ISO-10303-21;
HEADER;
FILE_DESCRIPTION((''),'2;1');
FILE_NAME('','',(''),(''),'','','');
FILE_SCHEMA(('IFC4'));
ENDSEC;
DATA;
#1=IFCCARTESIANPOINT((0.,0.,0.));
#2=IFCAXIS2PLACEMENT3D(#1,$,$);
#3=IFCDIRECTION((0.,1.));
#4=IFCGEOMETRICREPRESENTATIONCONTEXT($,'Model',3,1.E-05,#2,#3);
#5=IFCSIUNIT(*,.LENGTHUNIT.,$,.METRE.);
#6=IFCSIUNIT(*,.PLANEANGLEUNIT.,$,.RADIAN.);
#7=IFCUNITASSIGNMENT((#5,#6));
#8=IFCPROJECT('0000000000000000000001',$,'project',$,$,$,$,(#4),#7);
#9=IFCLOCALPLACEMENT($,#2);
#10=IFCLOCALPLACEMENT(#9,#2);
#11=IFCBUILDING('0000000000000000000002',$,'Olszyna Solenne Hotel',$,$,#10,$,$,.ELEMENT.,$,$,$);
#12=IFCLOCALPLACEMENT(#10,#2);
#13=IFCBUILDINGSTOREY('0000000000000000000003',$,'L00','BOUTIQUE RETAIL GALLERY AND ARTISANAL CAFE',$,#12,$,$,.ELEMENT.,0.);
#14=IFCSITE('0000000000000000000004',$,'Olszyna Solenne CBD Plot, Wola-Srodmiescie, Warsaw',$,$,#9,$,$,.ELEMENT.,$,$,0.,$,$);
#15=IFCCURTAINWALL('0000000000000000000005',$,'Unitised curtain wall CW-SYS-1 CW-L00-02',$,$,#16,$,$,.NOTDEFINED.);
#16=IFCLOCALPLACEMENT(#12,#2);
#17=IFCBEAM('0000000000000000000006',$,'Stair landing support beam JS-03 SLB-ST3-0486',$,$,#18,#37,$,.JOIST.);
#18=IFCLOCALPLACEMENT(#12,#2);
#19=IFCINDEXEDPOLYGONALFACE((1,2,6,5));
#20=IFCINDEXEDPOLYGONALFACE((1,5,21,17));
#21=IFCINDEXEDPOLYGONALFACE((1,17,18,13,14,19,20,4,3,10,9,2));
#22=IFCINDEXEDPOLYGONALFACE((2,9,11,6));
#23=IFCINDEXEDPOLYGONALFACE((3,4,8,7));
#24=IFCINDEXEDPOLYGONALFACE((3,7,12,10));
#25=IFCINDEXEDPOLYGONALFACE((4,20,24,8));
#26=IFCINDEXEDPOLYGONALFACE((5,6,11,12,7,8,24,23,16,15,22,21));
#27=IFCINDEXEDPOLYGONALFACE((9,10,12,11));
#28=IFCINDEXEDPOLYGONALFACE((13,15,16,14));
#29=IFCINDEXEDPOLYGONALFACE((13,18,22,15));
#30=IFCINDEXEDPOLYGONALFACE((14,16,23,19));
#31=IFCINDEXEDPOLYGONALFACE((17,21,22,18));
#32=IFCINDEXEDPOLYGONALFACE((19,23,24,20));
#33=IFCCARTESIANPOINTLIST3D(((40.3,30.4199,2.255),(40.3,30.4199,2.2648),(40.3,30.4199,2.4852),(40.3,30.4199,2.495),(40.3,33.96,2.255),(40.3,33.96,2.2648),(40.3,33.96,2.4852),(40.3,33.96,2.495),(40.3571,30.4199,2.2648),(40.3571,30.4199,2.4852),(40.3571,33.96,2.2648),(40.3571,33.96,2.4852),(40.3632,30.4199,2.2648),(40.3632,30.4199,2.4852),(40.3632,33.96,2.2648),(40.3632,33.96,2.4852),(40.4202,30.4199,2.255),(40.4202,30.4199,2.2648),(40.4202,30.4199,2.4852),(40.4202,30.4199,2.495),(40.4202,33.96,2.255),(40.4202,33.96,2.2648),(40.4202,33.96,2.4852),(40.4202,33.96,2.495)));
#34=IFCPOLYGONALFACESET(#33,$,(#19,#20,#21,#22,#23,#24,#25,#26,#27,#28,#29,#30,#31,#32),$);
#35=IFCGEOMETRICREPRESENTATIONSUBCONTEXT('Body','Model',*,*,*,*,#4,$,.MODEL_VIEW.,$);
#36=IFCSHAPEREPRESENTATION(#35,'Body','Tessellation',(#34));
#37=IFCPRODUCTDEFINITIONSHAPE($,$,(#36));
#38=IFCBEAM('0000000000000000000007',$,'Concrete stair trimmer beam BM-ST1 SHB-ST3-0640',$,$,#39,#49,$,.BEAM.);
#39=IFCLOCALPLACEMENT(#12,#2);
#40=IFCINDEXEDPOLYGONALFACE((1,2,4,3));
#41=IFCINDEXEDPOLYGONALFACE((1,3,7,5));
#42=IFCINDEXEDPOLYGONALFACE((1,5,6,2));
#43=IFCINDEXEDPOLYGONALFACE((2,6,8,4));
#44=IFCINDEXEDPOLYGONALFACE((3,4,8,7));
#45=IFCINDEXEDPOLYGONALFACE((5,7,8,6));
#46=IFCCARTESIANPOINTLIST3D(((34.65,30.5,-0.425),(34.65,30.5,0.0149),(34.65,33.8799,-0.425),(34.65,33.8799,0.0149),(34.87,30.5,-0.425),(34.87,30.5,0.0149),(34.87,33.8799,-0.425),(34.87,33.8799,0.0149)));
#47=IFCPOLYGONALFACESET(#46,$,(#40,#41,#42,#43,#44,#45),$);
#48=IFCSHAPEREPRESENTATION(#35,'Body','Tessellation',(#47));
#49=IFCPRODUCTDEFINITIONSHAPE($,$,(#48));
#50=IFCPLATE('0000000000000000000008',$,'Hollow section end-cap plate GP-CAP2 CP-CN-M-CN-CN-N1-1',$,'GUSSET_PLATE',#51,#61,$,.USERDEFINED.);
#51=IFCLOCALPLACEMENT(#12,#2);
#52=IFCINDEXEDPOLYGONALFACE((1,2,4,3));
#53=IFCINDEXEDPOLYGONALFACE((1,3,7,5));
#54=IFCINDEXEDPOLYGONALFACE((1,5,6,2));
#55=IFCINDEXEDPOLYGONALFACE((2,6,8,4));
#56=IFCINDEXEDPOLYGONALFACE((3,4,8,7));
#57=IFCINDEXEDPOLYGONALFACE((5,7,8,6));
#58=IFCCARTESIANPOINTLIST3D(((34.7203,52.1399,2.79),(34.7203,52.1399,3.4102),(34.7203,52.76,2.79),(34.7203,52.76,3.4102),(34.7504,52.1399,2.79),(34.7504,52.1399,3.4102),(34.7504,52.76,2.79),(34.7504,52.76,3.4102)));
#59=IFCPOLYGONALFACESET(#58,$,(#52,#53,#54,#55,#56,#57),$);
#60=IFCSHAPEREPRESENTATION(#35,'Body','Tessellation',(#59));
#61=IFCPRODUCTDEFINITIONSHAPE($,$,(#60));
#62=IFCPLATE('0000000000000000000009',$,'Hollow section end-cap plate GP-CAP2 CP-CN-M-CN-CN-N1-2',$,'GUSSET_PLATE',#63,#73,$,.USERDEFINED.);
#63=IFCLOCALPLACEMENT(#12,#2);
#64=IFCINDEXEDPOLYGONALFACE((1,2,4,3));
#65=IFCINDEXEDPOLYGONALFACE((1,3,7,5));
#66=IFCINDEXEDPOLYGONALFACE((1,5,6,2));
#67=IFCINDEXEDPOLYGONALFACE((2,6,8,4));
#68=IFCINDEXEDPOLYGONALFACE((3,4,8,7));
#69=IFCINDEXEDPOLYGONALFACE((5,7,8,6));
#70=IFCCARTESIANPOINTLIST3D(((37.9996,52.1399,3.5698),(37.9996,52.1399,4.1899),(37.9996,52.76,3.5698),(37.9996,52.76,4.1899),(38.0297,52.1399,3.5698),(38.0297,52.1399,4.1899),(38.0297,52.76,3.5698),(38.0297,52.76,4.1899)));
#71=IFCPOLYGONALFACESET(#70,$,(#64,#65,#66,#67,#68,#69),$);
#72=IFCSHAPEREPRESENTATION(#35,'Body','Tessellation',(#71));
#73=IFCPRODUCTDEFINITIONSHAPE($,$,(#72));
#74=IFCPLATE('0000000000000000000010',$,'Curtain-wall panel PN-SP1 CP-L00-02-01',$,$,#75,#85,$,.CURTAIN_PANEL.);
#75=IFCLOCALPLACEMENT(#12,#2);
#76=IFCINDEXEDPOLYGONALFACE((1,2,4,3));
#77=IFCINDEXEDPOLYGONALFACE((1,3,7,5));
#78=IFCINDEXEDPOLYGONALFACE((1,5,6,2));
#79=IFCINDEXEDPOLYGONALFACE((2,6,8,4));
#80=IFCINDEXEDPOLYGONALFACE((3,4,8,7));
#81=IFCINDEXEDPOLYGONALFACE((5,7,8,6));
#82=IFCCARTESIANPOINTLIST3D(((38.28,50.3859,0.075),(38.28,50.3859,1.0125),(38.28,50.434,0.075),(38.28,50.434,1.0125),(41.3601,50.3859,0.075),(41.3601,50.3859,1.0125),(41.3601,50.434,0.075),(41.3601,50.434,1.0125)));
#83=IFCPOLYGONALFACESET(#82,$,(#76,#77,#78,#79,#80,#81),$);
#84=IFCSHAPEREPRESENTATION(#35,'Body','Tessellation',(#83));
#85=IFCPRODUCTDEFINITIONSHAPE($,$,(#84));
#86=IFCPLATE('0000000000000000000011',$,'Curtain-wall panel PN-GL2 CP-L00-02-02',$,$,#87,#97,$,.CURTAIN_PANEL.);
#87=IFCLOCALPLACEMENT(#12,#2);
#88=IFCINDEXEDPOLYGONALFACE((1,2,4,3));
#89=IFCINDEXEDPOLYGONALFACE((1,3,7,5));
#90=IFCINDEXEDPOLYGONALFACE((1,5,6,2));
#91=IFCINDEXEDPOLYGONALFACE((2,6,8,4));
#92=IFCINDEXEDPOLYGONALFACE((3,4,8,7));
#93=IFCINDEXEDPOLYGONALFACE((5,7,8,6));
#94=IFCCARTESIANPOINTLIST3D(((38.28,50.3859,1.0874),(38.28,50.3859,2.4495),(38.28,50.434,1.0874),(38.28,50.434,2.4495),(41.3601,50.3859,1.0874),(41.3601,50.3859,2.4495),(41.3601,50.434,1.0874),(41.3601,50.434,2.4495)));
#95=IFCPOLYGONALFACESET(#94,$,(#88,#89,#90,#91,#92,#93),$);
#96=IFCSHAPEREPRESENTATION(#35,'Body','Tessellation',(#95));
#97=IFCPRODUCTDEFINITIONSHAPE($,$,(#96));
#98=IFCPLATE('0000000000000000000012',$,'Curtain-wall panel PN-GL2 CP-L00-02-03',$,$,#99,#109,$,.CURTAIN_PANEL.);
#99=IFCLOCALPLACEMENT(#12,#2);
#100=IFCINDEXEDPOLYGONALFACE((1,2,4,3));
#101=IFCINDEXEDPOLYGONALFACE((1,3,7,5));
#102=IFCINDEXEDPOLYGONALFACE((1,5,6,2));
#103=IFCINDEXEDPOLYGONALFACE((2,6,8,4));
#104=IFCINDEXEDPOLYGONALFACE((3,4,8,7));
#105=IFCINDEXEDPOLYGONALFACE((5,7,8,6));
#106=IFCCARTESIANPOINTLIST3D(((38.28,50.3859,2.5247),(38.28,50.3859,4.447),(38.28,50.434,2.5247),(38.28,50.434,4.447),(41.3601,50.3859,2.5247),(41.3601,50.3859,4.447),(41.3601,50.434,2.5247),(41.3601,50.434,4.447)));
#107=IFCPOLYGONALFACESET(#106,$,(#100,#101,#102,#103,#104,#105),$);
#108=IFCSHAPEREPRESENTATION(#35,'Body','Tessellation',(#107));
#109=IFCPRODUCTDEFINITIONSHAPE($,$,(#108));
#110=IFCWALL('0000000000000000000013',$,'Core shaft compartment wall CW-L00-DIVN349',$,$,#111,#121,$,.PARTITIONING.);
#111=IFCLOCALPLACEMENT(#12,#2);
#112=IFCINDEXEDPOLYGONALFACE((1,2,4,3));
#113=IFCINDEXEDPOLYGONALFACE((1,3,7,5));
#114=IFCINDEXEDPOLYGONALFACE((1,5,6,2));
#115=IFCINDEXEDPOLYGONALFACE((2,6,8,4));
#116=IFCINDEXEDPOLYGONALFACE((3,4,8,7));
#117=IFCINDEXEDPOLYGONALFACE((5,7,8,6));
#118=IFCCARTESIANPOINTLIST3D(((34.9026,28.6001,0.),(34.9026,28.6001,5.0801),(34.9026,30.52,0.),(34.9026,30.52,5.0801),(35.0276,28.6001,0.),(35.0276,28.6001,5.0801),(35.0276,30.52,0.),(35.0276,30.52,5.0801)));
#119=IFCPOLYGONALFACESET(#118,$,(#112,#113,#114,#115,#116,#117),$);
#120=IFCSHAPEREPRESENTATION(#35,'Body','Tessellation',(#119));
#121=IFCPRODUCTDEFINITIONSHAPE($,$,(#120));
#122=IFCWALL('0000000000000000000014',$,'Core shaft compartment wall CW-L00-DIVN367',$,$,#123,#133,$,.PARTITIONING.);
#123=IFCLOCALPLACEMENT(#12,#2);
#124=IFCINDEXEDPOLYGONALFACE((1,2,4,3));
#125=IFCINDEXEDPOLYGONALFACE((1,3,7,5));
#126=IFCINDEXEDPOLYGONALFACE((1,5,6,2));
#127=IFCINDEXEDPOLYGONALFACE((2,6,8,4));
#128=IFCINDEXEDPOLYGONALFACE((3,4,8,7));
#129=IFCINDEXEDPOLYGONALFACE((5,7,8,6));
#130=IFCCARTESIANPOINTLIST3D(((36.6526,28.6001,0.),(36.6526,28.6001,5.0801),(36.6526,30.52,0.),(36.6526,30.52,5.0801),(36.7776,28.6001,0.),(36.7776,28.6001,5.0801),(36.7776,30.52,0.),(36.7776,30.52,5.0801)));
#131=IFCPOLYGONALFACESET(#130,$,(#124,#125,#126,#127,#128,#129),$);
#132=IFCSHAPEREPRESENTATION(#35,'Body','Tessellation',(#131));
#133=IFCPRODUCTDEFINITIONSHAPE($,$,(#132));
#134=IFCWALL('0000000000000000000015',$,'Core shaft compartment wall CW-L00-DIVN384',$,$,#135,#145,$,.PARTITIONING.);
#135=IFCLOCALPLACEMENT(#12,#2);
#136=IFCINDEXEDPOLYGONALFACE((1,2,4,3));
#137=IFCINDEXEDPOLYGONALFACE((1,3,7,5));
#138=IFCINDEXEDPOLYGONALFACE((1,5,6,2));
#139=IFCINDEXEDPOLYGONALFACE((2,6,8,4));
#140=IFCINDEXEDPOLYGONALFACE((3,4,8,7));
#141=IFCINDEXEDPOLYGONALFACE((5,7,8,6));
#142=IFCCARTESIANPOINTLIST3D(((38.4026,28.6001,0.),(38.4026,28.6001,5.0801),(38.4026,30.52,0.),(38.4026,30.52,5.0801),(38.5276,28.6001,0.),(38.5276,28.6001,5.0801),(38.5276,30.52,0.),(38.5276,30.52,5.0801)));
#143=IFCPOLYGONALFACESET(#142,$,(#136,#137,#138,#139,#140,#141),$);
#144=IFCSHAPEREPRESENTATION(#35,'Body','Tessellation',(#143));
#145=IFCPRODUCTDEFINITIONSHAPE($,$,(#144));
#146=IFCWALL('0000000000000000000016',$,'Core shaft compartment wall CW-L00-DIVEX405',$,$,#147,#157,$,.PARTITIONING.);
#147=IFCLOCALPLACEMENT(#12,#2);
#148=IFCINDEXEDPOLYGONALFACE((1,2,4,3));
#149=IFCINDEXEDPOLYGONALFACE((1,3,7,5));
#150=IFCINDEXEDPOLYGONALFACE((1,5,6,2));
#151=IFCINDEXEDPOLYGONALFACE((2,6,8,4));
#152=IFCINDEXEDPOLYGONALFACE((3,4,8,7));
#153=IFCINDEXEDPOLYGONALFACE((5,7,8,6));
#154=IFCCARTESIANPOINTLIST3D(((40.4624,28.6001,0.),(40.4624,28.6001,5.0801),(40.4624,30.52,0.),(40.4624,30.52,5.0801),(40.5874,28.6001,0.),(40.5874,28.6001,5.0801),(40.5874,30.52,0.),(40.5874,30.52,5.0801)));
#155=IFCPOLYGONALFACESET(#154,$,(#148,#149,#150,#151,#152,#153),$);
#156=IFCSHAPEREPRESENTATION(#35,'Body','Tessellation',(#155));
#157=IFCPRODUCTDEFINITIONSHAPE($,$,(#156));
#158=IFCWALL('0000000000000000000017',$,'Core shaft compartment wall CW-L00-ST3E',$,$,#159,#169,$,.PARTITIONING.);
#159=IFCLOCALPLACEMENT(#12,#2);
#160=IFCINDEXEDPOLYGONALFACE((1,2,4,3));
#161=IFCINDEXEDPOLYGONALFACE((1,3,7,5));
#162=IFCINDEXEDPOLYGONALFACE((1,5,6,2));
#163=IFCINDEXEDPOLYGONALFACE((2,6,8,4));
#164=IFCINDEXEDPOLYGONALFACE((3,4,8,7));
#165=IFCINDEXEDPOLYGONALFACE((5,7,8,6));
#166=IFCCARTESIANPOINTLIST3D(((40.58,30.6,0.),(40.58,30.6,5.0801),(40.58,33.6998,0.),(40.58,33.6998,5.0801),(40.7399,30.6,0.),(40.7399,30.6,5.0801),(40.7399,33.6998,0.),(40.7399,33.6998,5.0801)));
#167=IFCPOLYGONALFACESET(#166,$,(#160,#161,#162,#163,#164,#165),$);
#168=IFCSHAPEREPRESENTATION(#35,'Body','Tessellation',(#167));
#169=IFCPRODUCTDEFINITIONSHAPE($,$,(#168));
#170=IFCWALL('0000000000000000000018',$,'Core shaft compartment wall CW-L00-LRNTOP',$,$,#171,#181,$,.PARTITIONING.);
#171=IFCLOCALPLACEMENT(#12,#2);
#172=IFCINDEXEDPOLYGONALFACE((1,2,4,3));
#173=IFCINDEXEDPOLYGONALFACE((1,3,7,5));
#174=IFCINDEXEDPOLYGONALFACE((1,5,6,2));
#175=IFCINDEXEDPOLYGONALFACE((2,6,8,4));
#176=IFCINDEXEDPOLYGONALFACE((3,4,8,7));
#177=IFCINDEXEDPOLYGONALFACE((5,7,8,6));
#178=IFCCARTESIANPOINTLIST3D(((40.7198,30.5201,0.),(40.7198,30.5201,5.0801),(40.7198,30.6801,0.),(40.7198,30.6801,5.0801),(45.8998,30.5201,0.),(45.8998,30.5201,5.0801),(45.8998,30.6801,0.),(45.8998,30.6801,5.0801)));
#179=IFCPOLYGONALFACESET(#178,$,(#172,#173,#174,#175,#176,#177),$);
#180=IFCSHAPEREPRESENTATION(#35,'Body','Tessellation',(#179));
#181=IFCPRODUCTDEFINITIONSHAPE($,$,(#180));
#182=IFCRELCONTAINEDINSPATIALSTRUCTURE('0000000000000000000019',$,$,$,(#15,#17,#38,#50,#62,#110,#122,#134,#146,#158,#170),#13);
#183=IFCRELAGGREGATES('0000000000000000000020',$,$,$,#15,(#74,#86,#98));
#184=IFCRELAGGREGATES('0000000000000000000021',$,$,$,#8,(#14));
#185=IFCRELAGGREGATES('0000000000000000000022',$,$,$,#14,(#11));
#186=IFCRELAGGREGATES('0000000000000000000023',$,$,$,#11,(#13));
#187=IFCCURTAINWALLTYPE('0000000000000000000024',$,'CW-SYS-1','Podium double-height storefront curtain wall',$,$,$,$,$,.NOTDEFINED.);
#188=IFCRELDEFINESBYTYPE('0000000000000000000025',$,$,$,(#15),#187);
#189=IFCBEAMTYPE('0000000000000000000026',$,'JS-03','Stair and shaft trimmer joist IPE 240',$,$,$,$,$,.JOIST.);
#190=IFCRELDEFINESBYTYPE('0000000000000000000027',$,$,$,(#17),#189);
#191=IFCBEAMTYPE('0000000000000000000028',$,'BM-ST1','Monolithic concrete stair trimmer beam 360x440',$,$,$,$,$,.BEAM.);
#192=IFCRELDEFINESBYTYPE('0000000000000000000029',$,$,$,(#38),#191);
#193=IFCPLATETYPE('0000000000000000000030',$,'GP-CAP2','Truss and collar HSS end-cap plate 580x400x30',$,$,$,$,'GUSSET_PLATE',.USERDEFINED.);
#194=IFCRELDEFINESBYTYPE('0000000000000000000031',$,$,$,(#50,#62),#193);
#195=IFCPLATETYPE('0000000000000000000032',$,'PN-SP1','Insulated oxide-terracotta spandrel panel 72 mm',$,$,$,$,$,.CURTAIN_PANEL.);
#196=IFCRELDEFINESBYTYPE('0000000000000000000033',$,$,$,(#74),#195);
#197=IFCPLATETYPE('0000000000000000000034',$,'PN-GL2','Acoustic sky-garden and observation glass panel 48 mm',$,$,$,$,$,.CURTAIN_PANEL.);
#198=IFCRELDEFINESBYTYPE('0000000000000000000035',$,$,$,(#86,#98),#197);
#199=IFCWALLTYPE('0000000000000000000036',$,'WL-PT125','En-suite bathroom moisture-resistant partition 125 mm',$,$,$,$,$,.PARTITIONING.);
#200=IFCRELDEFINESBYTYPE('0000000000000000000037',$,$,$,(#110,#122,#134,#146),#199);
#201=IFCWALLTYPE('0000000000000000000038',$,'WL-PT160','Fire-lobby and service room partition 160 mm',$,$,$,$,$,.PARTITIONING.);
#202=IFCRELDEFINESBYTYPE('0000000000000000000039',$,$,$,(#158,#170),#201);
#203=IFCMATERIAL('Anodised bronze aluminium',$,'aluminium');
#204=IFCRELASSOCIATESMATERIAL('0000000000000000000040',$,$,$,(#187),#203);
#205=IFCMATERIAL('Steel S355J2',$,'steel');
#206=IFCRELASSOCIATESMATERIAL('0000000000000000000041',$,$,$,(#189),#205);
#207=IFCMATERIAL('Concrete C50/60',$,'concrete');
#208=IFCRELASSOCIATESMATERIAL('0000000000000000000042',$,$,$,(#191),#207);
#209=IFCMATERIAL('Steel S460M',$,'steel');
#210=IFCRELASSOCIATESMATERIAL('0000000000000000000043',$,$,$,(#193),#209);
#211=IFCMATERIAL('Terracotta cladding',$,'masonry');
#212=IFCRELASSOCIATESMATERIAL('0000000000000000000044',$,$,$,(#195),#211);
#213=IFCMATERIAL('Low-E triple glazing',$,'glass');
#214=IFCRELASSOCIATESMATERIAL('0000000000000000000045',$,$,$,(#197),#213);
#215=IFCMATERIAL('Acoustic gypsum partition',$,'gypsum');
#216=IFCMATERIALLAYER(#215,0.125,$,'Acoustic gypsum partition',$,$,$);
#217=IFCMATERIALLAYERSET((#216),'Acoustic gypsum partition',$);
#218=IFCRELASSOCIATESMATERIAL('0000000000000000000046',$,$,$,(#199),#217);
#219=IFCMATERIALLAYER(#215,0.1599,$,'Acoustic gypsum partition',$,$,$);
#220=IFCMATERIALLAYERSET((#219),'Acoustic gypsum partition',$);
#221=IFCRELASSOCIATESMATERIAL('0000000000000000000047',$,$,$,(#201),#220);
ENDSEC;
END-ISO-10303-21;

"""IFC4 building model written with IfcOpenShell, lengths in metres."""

from ifc_helpers import new_model, si_unit, direction, frame, frame_2d, origin, origin_2d, place, context, subcontext, project, spatial, rectangle, i_section, extrude, source, transform, mapped, material, layer, layer_set, material_profile, profile_set, type_object, element, aggregate, save


model = new_model("IFC4")

# Units and contexts
model_context = context("Model", 3, precision=1e-05, world=origin(), true_north=direction((0.0, 1.0)))
body_context = subcontext(model_context, "Body", "Model", "MODEL_VIEW")
ifc_project = project(units=[si_unit("LENGTHUNIT", "METRE"), si_unit("PLANEANGLEUNIT", "RADIAN")], contexts=[model_context])

# Site, building, storey
site_placement = place(None, origin())
site = spatial("IfcSite", under=ifc_project, at=site_placement, Name="Olszyna Solenne CBD Plot, Wola-Srodmiescie, Warsaw", CompositionType="ELEMENT", RefElevation=0.0)
building_placement = place(site_placement, origin())
building = spatial("IfcBuilding", under=site, at=building_placement, Name="Olszyna Solenne Hotel", CompositionType="ELEMENT")
storey_placement = place(building_placement, origin())
storey = spatial("IfcBuildingStorey", under=building, at=storey_placement, Name="L00", Description="BOUTIQUE RETAIL GALLERY AND ARTISANAL CAFE", CompositionType="ELEMENT", Elevation=0.0)

# Shared definitions
ifc_material_1 = material(Name="Steel S460M", Category="steel")
ifc_material_2 = material(Name="Steel S355J2", Category="steel")

# Curtain wall
ifc_material_3 = material(Name="Anodised bronze aluminium", Category="aluminium")
curtain_wall_type = type_object("IfcCurtainWallType", Name="CW-SYS-1", Description="Podium double-height storefront curtain wall", PredefinedType="NOTDEFINED", material=ifc_material_3)
curtain_wall_placement = place(storey_placement, origin())
curtain_wall = element("IfcCurtainWall", 1, at=curtain_wall_placement, inside=storey, type_object=curtain_wall_type, Name="Unitised curtain wall CW-SYS-1 CW-L00-02", PredefinedType="NOTDEFINED")

# Beams
ifc_material_profile_1 = material_profile(ifc_material_2, i_section(OverallWidth=0.1201, OverallDepth=0.24, WebThickness=0.0061, FlangeThickness=0.0098, at=origin_2d()), Name="IPE 240", Category="load-bearing")
ifc_profile_set_1 = profile_set([ifc_material_profile_1], Name="Steel S355J2")
beam_type_1 = type_object("IfcBeamType", Name="JS-03", Description="Stair and shaft trimmer joist IPE 240", PredefinedType="JOIST", material=ifc_profile_set_1)
shared_shape_1 = source(origin(), body_context, "Body", "SweptSolid", [
    extrude(i_section(OverallWidth=0.1201, OverallDepth=0.24, WebThickness=0.0061, FlangeThickness=0.0098, at=origin_2d()), origin(), (0.0, 0.0, 1.0), 3.54),
])
for number, where, z_axis, x_axis, name in (
    (2, (40.3601, 30.4199, 2.375), (0.0, 1.0, 0.0), (-1.0, 0.0, 0.0), "Stair landing support beam JS-03 SLB-ST3-0486"),
):
    element("IfcBeam", number, at=place(storey_placement, frame(where, z_axis=z_axis, x_axis=x_axis)), inside=storey, type_object=beam_type_1, Name=name, PredefinedType="JOIST", context=body_context, shape_type="MappedRepresentation", body=[
        mapped(shared_shape_1, transform((0.0, 0.0, 0.0), x_axis=(1.0, 0.0, 0.0), y_axis=(0.0, 1.0, 0.0), z_axis=(0.0, 0.0, 1.0), scale=1.0)),
    ])
ifc_material_4 = material(Name="Concrete C50/60", Category="concrete")
ifc_material_profile_2 = material_profile(ifc_material_4, rectangle(XDim=0.22, YDim=0.4399, at=origin_2d()), Name="RC 220x440", Category="load-bearing")
ifc_profile_set_2 = profile_set([ifc_material_profile_2], Name="Concrete C50/60")
beam_type_2 = type_object("IfcBeamType", Name="BM-ST1", Description="Monolithic concrete stair trimmer beam 360x440", PredefinedType="BEAM", material=ifc_profile_set_2)
shared_shape_2 = source(origin(), body_context, "Body", "SweptSolid", [
    extrude(rectangle(XDim=0.22, YDim=0.4399, at=origin_2d()), origin(), (0.0, 0.0, 1.0), 3.3799),
])
beam_1_placement = place(storey_placement, frame((34.76, 30.5, -0.2051), z_axis=(0.0, 1.0, 0.0), x_axis=(-1.0, 0.0, 0.0)))
element("IfcBeam", 3, at=beam_1_placement, inside=storey, type_object=beam_type_2, Name="Concrete stair trimmer beam BM-ST1 SHB-ST3-0640", PredefinedType="BEAM", context=body_context, shape_type="MappedRepresentation", body=[
    mapped(shared_shape_2, transform((0.0, 0.0, 0.0), x_axis=(1.0, 0.0, 0.0), y_axis=(0.0, 1.0, 0.0), z_axis=(0.0, 0.0, 1.0), scale=1.0)),
])

# Plates
plate_type_1 = type_object("IfcPlateType", Name="GP-CAP2", Description="Truss and collar HSS end-cap plate 580x400x30", ElementType="GUSSET_PLATE", PredefinedType="USERDEFINED", material=ifc_material_1)
shared_shape_3 = source(origin(), body_context, "Body", "SweptSolid", [
    extrude(rectangle(XDim=0.03, YDim=0.6201, at=origin_2d()), origin(), (0.0, 0.0, 1.0), 0.6201),
])
for number, where, z_axis, x_axis, name in (
    (4, (34.7354, 52.45, 2.79), (0.0, 0.0, 1.0), (1.0, 0.0, 0.0), "Hollow section end-cap plate GP-CAP2 CP-CN-M-CN-CN-N1-1"),
    (5, (38.0146, 52.45, 3.5698), (0.0, 0.0, 1.0), (1.0, 0.0, 0.0), "Hollow section end-cap plate GP-CAP2 CP-CN-M-CN-CN-N1-2"),
):
    element("IfcPlate", number, at=place(storey_placement, frame(where, z_axis=z_axis, x_axis=x_axis)), inside=storey, type_object=plate_type_1, Name=name, ObjectType="GUSSET_PLATE", PredefinedType="USERDEFINED", context=body_context, shape_type="MappedRepresentation", body=[
        mapped(shared_shape_3, transform((0.0, 0.0, 0.0), x_axis=(1.0, 0.0, 0.0), y_axis=(0.0, 1.0, 0.0), z_axis=(0.0, 0.0, 1.0), scale=1.0)),
    ])

# Plates
ifc_material_5 = material(Name="Terracotta cladding", Category="masonry")
plate_type_2 = type_object("IfcPlateType", Name="PN-SP1", Description="Insulated oxide-terracotta spandrel panel 72 mm", PredefinedType="CURTAIN_PANEL", material=ifc_material_5)
shared_shape_4 = source(origin(), body_context, "Body", "SweptSolid", [
    extrude(rectangle(XDim=3.0801, YDim=0.0481, at=origin_2d()), origin(), (0.0, 0.0, 1.0), 0.9375),
])
plate_1_placement = place(storey_placement, frame((39.8201, 50.4099, 0.075), z_axis=(0.0, 0.0, 1.0), x_axis=(1.0, 0.0, 0.0)))
plate_1 = element("IfcPlate", 6, at=plate_1_placement, type_object=plate_type_2, Name="Curtain-wall panel PN-SP1 CP-L00-02-01", PredefinedType="CURTAIN_PANEL", context=body_context, shape_type="MappedRepresentation", body=[
    mapped(shared_shape_4, transform((0.0, 0.0, 0.0), x_axis=(1.0, 0.0, 0.0), y_axis=(0.0, 1.0, 0.0), z_axis=(0.0, 0.0, 1.0), scale=1.0)),
])
ifc_material_6 = material(Name="Low-E triple glazing", Category="glass")
plate_type_3 = type_object("IfcPlateType", Name="PN-GL2", Description="Acoustic sky-garden and observation glass panel 48 mm", PredefinedType="CURTAIN_PANEL", material=ifc_material_6)
shared_shape_5 = source(origin(), body_context, "Body", "SweptSolid", [
    extrude(rectangle(XDim=3.0801, YDim=0.0481, at=origin_2d()), origin(), (0.0, 0.0, 1.0), 1.3621),
])
plate_2_placement = place(storey_placement, frame((39.8201, 50.4099, 1.0874), z_axis=(0.0, 0.0, 1.0), x_axis=(1.0, 0.0, 0.0)))
plate_2 = element("IfcPlate", 7, at=plate_2_placement, type_object=plate_type_3, Name="Curtain-wall panel PN-GL2 CP-L00-02-02", PredefinedType="CURTAIN_PANEL", context=body_context, shape_type="MappedRepresentation", body=[
    mapped(shared_shape_5, transform((0.0, 0.0, 0.0), x_axis=(1.0, 0.0, 0.0), y_axis=(0.0, 1.0, 0.0), z_axis=(0.0, 0.0, 1.0), scale=1.0)),
])
shared_shape_6 = source(origin(), body_context, "Body", "SweptSolid", [
    extrude(rectangle(XDim=3.0801, YDim=0.0481, at=origin_2d()), origin(), (0.0, 0.0, 1.0), 1.9224),
])
plate_3_placement = place(storey_placement, frame((39.8201, 50.4099, 2.5247), z_axis=(0.0, 0.0, 1.0), x_axis=(1.0, 0.0, 0.0)))
plate_3 = element("IfcPlate", 8, at=plate_3_placement, type_object=plate_type_3, Name="Curtain-wall panel PN-GL2 CP-L00-02-03", PredefinedType="CURTAIN_PANEL", context=body_context, shape_type="MappedRepresentation", body=[
    mapped(shared_shape_6, transform((0.0, 0.0, 0.0), x_axis=(1.0, 0.0, 0.0), y_axis=(0.0, 1.0, 0.0), z_axis=(0.0, 0.0, 1.0), scale=1.0)),
])
aggregate(curtain_wall, [plate_1, plate_2, plate_3])

# Walls
ifc_material_7 = material(Name="Acoustic gypsum partition", Category="gypsum")
ifc_layer_1 = layer(ifc_material_7, 0.125, Name="Acoustic gypsum partition")
ifc_layer_set_1 = layer_set([ifc_layer_1], Name="Acoustic gypsum partition")
wall_type_1 = type_object("IfcWallType", Name="WL-PT125", Description="En-suite bathroom moisture-resistant partition 125 mm", PredefinedType="PARTITIONING", material=ifc_layer_set_1)
for number, where, z_axis, x_axis, name in (
    (9, (34.9651, 28.6001, 0.0), (0.0, 0.0, 1.0), (0.0, 1.0, 0.0), "Core shaft compartment wall CW-L00-DIVN349"),
    (10, (36.7151, 28.6001, 0.0), (0.0, 0.0, 1.0), (0.0, 1.0, 0.0), "Core shaft compartment wall CW-L00-DIVN367"),
    (11, (38.4651, 28.6001, 0.0), (0.0, 0.0, 1.0), (0.0, 1.0, 0.0), "Core shaft compartment wall CW-L00-DIVN384"),
    (12, (40.5249, 28.6001, 0.0), (0.0, 0.0, 1.0), (0.0, 1.0, 0.0), "Core shaft compartment wall CW-L00-DIVEX405"),
):
    element("IfcWall", number, at=place(storey_placement, frame(where, z_axis=z_axis, x_axis=x_axis)), inside=storey, type_object=wall_type_1, Name=name, PredefinedType="PARTITIONING", context=body_context, shape_type="SweptSolid", body=[
        extrude(rectangle(XDim=1.9199, YDim=0.125, at=frame_2d((0.96, 0.0))), origin(), (0.0, 0.0, 1.0), 5.0801),
    ])
ifc_layer_2 = layer(ifc_material_7, 0.1599, Name="Acoustic gypsum partition")
ifc_layer_set_2 = layer_set([ifc_layer_2], Name="Acoustic gypsum partition")
wall_type_2 = type_object("IfcWallType", Name="WL-PT160", Description="Fire-lobby and service room partition 160 mm", PredefinedType="PARTITIONING", material=ifc_layer_set_2)
wall_1_placement = place(storey_placement, frame((40.6599, 30.6001, 0.0), z_axis=(0.0, 0.0, 1.0), x_axis=(0.0, 1.0, 0.0)))
element("IfcWall", 13, at=wall_1_placement, inside=storey, type_object=wall_type_2, Name="Core shaft compartment wall CW-L00-ST3E", PredefinedType="PARTITIONING", context=body_context, shape_type="SweptSolid", body=[
    extrude(rectangle(XDim=3.0999, YDim=0.1599, at=frame_2d((1.5498, 0.0))), origin(), (0.0, 0.0, 1.0), 5.0801),
])
wall_2_placement = place(storey_placement, frame((40.72, 30.6001, 0.0), z_axis=(0.0, 0.0, 1.0), x_axis=(1.0, 0.0, 0.0)))
element("IfcWall", 14, at=wall_2_placement, inside=storey, type_object=wall_type_2, Name="Core shaft compartment wall CW-L00-LRNTOP", PredefinedType="PARTITIONING", context=body_context, shape_type="SweptSolid", body=[
    extrude(rectangle(XDim=5.1799, YDim=0.1599, at=frame_2d((2.5898, 0.0))), origin(), (0.0, 0.0, 1.0), 5.0801),
])

save(model, "model.ifc")
